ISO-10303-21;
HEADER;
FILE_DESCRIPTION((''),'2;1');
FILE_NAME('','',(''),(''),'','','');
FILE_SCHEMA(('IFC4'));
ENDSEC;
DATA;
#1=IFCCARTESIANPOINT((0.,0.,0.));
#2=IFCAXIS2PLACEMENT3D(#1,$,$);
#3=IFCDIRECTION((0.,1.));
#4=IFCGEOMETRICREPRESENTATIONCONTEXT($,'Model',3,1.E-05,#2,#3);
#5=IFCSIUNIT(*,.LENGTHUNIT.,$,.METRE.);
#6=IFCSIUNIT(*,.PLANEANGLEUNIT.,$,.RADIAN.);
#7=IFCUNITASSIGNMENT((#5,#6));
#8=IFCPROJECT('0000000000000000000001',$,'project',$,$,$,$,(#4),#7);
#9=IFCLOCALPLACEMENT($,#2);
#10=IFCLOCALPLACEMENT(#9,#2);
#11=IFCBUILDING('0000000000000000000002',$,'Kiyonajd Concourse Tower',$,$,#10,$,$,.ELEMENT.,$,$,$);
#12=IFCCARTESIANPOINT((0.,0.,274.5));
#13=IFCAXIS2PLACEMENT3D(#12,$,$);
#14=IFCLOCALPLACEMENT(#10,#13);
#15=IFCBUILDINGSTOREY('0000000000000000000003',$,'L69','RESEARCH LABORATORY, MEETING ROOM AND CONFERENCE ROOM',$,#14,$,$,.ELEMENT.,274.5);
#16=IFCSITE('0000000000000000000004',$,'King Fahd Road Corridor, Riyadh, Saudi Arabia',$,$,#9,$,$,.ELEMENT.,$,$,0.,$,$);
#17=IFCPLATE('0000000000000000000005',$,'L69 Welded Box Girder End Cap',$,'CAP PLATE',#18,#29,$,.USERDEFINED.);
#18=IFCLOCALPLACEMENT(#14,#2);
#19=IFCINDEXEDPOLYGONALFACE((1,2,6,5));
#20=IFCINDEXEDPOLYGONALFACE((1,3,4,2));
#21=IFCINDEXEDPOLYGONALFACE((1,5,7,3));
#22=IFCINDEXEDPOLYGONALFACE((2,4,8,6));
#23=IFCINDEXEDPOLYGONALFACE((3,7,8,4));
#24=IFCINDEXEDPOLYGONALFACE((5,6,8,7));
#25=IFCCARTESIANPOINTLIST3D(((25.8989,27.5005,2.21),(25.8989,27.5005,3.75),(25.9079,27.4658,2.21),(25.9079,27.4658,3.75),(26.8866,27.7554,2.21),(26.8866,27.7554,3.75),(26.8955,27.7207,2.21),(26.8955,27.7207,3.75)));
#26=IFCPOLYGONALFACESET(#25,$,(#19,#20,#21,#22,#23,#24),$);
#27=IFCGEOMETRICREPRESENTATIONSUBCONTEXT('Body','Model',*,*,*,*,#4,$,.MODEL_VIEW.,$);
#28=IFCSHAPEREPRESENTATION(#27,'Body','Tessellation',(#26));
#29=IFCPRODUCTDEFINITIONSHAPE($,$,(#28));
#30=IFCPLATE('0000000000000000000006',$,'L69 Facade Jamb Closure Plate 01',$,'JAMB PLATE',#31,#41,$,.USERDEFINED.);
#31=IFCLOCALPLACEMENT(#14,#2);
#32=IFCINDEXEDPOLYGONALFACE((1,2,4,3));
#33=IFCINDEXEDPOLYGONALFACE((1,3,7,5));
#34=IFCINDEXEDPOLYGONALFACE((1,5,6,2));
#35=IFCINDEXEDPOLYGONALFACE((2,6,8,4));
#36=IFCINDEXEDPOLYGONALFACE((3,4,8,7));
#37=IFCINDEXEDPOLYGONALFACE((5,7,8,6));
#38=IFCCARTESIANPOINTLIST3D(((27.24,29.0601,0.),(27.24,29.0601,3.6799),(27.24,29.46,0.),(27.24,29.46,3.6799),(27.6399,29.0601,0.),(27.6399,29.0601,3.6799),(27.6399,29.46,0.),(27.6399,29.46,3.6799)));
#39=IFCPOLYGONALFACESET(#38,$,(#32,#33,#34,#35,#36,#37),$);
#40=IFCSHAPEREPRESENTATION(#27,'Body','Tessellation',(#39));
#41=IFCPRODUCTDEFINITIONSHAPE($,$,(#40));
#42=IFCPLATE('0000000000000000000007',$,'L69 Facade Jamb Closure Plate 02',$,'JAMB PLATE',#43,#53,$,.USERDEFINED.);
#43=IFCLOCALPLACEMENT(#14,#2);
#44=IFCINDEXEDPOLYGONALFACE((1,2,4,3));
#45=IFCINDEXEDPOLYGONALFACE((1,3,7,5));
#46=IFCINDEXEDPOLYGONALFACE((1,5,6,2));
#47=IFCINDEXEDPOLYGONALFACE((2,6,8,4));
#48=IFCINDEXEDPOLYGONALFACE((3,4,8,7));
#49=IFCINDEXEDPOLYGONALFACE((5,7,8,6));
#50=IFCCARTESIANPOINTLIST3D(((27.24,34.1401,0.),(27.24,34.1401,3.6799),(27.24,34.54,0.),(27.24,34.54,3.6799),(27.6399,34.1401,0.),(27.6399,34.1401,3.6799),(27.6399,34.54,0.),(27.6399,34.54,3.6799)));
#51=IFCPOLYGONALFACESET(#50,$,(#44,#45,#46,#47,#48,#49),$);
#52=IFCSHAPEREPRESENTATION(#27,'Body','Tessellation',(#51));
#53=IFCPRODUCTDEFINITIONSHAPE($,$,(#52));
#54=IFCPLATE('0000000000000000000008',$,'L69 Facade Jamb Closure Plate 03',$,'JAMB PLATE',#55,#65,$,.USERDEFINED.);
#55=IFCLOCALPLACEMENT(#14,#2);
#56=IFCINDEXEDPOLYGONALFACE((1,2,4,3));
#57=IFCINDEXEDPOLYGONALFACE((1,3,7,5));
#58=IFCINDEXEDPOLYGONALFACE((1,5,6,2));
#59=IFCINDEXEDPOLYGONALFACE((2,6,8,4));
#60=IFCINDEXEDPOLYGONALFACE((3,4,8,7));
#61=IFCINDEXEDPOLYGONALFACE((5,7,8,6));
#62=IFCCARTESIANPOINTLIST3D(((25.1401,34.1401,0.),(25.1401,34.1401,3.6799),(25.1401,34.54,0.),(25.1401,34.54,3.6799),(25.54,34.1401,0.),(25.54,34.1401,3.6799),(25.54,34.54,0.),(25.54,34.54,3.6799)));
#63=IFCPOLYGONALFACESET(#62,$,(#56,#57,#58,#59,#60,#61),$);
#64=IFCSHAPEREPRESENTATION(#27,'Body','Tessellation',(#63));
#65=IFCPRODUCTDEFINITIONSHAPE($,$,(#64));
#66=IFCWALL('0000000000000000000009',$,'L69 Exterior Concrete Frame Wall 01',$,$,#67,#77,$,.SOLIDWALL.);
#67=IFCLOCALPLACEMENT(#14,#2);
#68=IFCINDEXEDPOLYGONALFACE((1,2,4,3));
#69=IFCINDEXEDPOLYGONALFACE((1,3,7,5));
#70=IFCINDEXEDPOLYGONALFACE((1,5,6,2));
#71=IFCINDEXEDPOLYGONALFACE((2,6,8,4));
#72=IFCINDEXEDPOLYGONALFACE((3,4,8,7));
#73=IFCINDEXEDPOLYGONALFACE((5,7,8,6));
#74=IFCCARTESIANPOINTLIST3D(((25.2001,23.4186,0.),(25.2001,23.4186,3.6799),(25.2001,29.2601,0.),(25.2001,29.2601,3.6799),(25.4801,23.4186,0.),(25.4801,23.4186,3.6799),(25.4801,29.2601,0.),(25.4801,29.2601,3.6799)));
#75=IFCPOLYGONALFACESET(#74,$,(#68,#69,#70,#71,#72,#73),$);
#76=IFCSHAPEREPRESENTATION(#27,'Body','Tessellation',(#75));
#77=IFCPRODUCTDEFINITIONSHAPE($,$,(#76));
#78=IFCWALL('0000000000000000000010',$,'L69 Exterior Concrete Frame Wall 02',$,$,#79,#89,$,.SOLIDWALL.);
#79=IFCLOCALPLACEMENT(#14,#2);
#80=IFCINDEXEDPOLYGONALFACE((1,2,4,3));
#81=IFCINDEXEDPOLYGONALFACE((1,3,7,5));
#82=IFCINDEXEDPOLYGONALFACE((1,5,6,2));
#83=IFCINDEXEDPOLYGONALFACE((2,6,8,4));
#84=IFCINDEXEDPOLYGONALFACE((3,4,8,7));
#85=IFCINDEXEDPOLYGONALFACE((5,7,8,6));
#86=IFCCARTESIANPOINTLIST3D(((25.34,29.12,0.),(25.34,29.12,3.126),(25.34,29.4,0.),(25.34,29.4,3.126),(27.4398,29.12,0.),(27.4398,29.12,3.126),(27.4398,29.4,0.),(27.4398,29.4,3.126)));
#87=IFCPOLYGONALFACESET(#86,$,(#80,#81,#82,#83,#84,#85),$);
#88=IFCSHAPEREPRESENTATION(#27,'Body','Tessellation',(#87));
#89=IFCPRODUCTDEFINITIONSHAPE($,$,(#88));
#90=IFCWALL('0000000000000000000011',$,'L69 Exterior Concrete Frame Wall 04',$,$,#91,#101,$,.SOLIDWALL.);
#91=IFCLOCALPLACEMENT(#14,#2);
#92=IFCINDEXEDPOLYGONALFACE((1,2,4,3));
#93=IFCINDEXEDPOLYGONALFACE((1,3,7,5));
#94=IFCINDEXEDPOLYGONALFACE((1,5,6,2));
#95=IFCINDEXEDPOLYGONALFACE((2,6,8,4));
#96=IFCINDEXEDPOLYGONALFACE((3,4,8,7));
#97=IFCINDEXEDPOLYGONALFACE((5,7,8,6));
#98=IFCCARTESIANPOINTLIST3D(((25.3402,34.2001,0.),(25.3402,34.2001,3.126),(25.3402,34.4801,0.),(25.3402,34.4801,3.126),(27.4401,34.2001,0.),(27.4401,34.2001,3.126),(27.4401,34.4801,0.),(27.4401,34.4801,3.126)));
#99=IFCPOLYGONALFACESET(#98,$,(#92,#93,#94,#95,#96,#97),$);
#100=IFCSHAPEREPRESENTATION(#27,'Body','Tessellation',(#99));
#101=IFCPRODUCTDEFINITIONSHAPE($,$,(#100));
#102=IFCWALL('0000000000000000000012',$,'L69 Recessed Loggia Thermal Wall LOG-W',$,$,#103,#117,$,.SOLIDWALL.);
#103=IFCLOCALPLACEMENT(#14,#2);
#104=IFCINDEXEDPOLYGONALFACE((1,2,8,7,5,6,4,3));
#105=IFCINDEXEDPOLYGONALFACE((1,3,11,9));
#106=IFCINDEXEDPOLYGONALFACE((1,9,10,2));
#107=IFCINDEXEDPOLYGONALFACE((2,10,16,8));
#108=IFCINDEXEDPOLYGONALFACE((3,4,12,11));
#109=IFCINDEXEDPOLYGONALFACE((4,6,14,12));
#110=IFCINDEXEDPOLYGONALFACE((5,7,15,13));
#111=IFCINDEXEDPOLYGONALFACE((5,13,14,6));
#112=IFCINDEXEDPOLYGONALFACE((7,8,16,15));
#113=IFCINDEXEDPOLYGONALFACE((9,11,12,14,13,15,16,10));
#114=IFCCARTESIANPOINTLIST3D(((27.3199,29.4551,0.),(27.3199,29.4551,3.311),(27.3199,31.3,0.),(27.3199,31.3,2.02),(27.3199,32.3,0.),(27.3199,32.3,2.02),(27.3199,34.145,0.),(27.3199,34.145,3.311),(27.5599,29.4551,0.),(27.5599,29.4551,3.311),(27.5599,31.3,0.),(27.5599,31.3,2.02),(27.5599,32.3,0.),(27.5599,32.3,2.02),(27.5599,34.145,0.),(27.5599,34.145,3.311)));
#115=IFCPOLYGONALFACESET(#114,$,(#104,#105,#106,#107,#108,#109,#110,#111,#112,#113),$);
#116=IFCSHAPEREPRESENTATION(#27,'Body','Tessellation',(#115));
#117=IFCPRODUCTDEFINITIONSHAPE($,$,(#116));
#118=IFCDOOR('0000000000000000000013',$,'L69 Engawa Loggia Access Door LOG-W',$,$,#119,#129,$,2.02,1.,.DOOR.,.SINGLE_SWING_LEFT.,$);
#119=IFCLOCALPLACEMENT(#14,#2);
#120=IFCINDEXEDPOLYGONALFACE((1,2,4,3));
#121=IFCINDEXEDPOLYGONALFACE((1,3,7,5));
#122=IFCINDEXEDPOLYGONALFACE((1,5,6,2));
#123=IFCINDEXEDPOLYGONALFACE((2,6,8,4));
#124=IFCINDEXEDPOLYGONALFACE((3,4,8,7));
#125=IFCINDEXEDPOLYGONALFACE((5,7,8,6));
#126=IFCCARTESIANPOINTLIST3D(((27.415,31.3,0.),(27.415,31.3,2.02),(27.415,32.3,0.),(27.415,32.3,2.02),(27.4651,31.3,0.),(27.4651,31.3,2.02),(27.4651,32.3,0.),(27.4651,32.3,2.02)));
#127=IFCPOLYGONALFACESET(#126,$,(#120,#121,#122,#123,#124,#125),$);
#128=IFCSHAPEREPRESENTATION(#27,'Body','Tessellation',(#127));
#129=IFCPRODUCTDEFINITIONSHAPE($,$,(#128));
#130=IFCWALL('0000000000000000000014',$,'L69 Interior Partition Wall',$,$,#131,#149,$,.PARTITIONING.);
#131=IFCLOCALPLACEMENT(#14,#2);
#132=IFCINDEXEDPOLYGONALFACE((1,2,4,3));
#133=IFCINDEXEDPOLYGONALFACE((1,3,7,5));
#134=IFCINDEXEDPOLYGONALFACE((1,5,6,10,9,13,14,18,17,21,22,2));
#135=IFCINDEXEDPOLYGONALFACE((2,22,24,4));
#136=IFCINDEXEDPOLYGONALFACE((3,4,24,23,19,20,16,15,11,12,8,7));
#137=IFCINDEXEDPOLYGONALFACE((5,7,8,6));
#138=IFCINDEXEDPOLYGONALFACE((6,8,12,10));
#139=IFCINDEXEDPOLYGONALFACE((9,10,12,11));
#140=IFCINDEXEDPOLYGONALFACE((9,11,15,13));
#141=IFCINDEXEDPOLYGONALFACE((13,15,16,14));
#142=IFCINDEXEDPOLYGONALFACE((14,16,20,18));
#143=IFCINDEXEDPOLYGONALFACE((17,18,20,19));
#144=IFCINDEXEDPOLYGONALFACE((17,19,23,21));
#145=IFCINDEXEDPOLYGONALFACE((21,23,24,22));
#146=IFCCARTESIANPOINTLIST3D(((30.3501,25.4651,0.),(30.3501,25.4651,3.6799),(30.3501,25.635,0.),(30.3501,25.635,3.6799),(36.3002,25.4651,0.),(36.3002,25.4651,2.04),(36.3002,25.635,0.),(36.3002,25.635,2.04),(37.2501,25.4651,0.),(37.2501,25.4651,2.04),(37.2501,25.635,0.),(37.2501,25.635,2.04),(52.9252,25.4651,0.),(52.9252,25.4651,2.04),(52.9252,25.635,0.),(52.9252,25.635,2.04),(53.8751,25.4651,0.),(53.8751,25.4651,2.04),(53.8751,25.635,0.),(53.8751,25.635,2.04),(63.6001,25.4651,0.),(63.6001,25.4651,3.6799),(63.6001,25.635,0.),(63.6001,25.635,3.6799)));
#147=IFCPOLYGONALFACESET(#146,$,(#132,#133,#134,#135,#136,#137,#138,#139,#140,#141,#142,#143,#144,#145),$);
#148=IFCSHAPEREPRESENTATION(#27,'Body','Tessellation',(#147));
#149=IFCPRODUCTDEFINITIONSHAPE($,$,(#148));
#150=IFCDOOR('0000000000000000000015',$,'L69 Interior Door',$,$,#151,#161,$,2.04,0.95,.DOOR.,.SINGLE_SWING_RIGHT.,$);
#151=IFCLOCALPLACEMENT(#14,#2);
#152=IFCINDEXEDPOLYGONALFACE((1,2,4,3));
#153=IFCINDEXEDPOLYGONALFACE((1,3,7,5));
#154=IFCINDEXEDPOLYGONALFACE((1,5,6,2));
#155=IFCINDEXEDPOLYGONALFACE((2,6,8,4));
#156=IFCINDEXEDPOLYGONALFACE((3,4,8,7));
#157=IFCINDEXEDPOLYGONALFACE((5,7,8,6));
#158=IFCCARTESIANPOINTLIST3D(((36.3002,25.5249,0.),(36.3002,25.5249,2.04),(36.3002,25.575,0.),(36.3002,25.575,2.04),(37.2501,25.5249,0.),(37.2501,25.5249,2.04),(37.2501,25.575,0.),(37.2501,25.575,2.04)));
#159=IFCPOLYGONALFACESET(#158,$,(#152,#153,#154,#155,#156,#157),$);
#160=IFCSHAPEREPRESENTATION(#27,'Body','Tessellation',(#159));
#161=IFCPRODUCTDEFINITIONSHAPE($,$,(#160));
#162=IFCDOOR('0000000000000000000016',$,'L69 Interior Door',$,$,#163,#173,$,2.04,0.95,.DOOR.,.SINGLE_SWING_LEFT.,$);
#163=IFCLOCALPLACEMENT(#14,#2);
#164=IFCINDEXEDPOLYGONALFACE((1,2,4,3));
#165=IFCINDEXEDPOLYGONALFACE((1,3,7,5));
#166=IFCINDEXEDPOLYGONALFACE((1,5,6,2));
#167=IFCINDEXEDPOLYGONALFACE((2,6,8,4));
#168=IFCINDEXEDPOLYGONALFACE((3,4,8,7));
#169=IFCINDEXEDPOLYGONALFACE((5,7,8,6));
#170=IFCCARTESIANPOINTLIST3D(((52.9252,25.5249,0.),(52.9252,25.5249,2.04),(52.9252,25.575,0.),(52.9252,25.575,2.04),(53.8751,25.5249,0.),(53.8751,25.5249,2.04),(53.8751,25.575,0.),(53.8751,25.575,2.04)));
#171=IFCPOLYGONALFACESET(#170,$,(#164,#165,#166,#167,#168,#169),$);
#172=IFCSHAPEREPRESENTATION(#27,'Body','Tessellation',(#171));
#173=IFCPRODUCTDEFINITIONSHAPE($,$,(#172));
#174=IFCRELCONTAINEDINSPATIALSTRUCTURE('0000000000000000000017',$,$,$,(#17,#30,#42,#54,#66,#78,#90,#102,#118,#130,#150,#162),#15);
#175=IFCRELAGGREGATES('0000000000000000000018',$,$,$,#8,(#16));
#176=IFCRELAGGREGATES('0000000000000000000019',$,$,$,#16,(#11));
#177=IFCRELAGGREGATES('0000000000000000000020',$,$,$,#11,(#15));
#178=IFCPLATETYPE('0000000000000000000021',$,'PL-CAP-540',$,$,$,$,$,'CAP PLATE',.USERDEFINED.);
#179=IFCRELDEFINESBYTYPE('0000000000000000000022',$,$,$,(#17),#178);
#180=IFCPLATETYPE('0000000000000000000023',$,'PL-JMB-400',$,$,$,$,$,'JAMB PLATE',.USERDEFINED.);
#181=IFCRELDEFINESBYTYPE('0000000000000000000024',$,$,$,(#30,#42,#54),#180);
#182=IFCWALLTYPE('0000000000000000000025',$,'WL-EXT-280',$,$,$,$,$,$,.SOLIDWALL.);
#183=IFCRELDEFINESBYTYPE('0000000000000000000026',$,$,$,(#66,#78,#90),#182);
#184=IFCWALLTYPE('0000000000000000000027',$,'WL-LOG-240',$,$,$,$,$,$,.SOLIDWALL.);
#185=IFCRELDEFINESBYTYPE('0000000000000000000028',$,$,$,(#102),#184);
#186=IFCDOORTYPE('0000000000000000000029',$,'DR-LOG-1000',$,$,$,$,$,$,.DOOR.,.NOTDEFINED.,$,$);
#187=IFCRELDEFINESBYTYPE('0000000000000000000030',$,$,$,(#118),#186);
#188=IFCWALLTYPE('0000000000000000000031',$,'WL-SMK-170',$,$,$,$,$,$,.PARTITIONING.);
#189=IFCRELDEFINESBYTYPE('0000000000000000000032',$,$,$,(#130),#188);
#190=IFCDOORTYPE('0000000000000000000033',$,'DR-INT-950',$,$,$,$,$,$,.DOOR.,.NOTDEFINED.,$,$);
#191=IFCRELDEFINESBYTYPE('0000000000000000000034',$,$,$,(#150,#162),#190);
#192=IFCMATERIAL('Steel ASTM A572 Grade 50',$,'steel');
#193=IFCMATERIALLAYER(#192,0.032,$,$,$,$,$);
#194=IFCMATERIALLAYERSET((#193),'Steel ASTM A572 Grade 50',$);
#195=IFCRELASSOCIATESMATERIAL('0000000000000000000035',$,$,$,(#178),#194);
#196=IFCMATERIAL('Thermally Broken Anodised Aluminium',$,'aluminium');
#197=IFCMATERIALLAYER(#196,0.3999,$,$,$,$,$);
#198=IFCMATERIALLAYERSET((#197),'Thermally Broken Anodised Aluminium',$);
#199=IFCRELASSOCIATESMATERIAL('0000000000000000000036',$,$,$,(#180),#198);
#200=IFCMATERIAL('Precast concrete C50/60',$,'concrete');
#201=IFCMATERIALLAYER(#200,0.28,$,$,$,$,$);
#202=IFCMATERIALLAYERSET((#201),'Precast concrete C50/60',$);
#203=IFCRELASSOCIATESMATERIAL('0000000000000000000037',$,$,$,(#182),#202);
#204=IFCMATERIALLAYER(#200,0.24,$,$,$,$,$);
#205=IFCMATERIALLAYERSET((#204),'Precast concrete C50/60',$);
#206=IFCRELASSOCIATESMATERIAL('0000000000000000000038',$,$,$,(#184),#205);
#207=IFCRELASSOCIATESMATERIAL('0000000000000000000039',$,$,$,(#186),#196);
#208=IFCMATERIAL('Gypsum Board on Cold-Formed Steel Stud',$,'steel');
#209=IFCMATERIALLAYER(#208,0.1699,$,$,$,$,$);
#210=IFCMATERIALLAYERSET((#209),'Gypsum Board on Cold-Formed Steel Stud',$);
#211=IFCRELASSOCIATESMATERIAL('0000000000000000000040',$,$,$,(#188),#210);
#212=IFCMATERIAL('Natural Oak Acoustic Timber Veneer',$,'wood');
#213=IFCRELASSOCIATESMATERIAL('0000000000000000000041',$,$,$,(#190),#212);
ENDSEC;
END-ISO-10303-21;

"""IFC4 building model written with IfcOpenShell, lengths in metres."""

from ifc_helpers import new_model, si_unit, direction, frame, frame_2d, origin, origin_2d, place, context, subcontext, project, spatial, rectangle, extrude, material, layer, layer_set, type_object, element, fill, save


model = new_model("IFC4")

# Units and contexts
model_context = context("Model", 3, precision=1e-05, world=origin(), true_north=direction((0.0, 1.0)))
body_context = subcontext(model_context, "Body", "Model", "MODEL_VIEW")
ifc_project = project(units=[si_unit("LENGTHUNIT", "METRE"), si_unit("PLANEANGLEUNIT", "RADIAN")], contexts=[model_context])

# Site, building, storey
site_placement = place(None, origin())
site = spatial("IfcSite", under=ifc_project, at=site_placement, Name="King Fahd Road Corridor, Riyadh, Saudi Arabia", CompositionType="ELEMENT", RefElevation=0.0)
building_placement = place(site_placement, origin())
building = spatial("IfcBuilding", under=site, at=building_placement, Name="Kiyonajd Concourse Tower", CompositionType="ELEMENT")
storey_placement = place(building_placement, frame((0.0, 0.0, 274.5)))
storey = spatial("IfcBuildingStorey", under=building, at=storey_placement, Name="L69", Description="RESEARCH LABORATORY, MEETING ROOM AND CONFERENCE ROOM", CompositionType="ELEMENT", Elevation=274.5)

# Shared definitions
ifc_material_1 = material(Name="Steel ASTM A572 Grade 50", Category="steel")

# Plates
ifc_layer_1 = layer(ifc_material_1, 0.032)
ifc_layer_set_1 = layer_set([ifc_layer_1], Name="Steel ASTM A572 Grade 50")
plate_type_1 = type_object("IfcPlateType", Name="PL-CAP-540", ElementType="CAP PLATE", PredefinedType="USERDEFINED", material=ifc_layer_set_1)
plate_placement = place(storey_placement, frame((26.3972, 27.6106, 2.21), z_axis=(0.0, 0.0, 1.0), x_axis=(-0.249873, 0.968279, 0.0)))
element("IfcPlate", 1, at=plate_placement, inside=storey, type_object=plate_type_1, Name="L69 Welded Box Girder End Cap", ObjectType="CAP PLATE", PredefinedType="USERDEFINED", context=body_context, shape_type="SweptSolid", body=[
    extrude(rectangle(XDim=0.0359, YDim=1.02, at=origin_2d()), origin(), (0.0, 0.0, 1.0), 1.54),
])
ifc_material_2 = material(Name="Thermally Broken Anodised Aluminium", Category="aluminium")
ifc_layer_2 = layer(ifc_material_2, 0.3999)
ifc_layer_set_2 = layer_set([ifc_layer_2], Name="Thermally Broken Anodised Aluminium")
plate_type_2 = type_object("IfcPlateType", Name="PL-JMB-400", ElementType="JAMB PLATE", PredefinedType="USERDEFINED", material=ifc_layer_set_2)
for number, where, z_axis, x_axis, name in (
    (2, (27.4399, 29.26, 0.0), (0.0, 0.0, 1.0), (1.0, 0.0, 0.0), "L69 Facade Jamb Closure Plate 01"),
    (3, (27.4399, 34.3401, 0.0), (0.0, 0.0, 1.0), (1.0, 0.0, 0.0), "L69 Facade Jamb Closure Plate 02"),
    (4, (25.3401, 34.3401, 0.0), (0.0, 0.0, 1.0), (1.0, 0.0, 0.0), "L69 Facade Jamb Closure Plate 03"),
):
    element("IfcPlate", number, at=place(storey_placement, frame(where, z_axis=z_axis, x_axis=x_axis)), inside=storey, type_object=plate_type_2, Name=name, ObjectType="JAMB PLATE", PredefinedType="USERDEFINED", context=body_context, shape_type="SweptSolid", body=[
        extrude(rectangle(XDim=0.3999, YDim=0.3999, at=origin_2d()), origin(), (0.0, 0.0, 1.0), 3.6799),
    ])

# Walls
ifc_material_3 = material(Name="Precast concrete C50/60", Category="concrete")
ifc_layer_3 = layer(ifc_material_3, 0.28)
ifc_layer_set_3 = layer_set([ifc_layer_3], Name="Precast concrete C50/60")
wall_type_1 = type_object("IfcWallType", Name="WL-EXT-280", PredefinedType="SOLIDWALL", material=ifc_layer_set_3)
wall_1_placement = place(storey_placement, frame((25.3401, 23.4185, 0.0), z_axis=(0.0, 0.0, 1.0), x_axis=(0.0, 1.0, 0.0)))
element("IfcWall", 5, at=wall_1_placement, inside=storey, type_object=wall_type_1, Name="L69 Exterior Concrete Frame Wall 01", PredefinedType="SOLIDWALL", context=body_context, shape_type="SweptSolid", body=[
    extrude(rectangle(XDim=5.8416, YDim=0.28, at=frame_2d((2.9209, 0.0))), origin(), (0.0, 0.0, 1.0), 3.6799),
])
for number, where, z_axis, x_axis, name in (
    (6, (25.3401, 29.26, 0.0), (0.0, 0.0, 1.0), (1.0, 0.0, 0.0), "L69 Exterior Concrete Frame Wall 02"),
    (7, (27.4399, 34.3401, 0.0), (0.0, 0.0, 1.0), (-1.0, 0.0, 0.0), "L69 Exterior Concrete Frame Wall 04"),
):
    element("IfcWall", number, at=place(storey_placement, frame(where, z_axis=z_axis, x_axis=x_axis)), inside=storey, type_object=wall_type_1, Name=name, PredefinedType="SOLIDWALL", context=body_context, shape_type="SweptSolid", body=[
        extrude(rectangle(XDim=2.0999, YDim=0.28, at=frame_2d((1.0498, 0.0))), origin(), (0.0, 0.0, 1.0), 3.126),
    ])

# Wall, opening, door
ifc_layer_4 = layer(ifc_material_3, 0.24)
ifc_layer_set_4 = layer_set([ifc_layer_4], Name="Precast concrete C50/60")
wall_type_2 = type_object("IfcWallType", Name="WL-LOG-240", PredefinedType="SOLIDWALL", material=ifc_layer_set_4)
wall_2_placement = place(storey_placement, frame((27.4399, 29.4551, 0.0), z_axis=(0.0, 0.0, 1.0), x_axis=(0.0, 1.0, 0.0)))
wall_2 = element("IfcWall", 8, at=wall_2_placement, inside=storey, type_object=wall_type_2, Name="L69 Recessed Loggia Thermal Wall LOG-W", PredefinedType="SOLIDWALL", context=body_context, shape_type="SweptSolid", body=[
    extrude(rectangle(XDim=4.6899, YDim=0.24, at=frame_2d((2.345, 0.0))), origin(), (0.0, 0.0, 1.0), 3.311),
])
opening_1_placement = place(wall_2_placement, frame((1.845, 0.0, 0.0)))
opening_1 = element("IfcOpeningElement", 9, at=opening_1_placement, cuts=wall_2, PredefinedType="OPENING", context=body_context, shape_type="SweptSolid", body=[
    extrude(rectangle(XDim=1.0, YDim=2.02, at=frame_2d((0.5, 1.01))), frame((0.0, 0.1299, 0.0), z_axis=(0.0, -1.0, 0.0), x_axis=(1.0, 0.0, 0.0)), (0.0, 0.0, 1.0), 0.26),
])
door_type_1 = type_object("IfcDoorType", Name="DR-LOG-1000", OperationType="NOTDEFINED", PredefinedType="DOOR", material=ifc_material_2)
door_1_placement = place(opening_1_placement, origin())
door_1 = element("IfcDoor", 10, at=door_1_placement, inside=storey, type_object=door_type_1, Name="L69 Engawa Loggia Access Door LOG-W", OperationType="SINGLE_SWING_LEFT", OverallHeight=2.02, OverallWidth=1.0, PredefinedType="DOOR", context=body_context, shape_type="SweptSolid", body=[
    extrude(rectangle(XDim=1.0, YDim=2.02, at=frame_2d((0.5, 1.01))), frame((0.0, 0.0249, 0.0), z_axis=(0.0, -1.0, 0.0), x_axis=(1.0, 0.0, 0.0)), (0.0, 0.0, 1.0), 0.05),
])
fill(opening_1, door_1)

# Wall, openings, doors
ifc_material_4 = material(Name="Gypsum Board on Cold-Formed Steel Stud", Category="steel")
ifc_layer_5 = layer(ifc_material_4, 0.1699)
ifc_layer_set_5 = layer_set([ifc_layer_5], Name="Gypsum Board on Cold-Formed Steel Stud")
wall_type_3 = type_object("IfcWallType", Name="WL-SMK-170", PredefinedType="PARTITIONING", material=ifc_layer_set_5)
wall_3_placement = place(storey_placement, frame((30.3501, 25.55, 0.0), z_axis=(0.0, 0.0, 1.0), x_axis=(1.0, 0.0, 0.0)))
wall_3 = element("IfcWall", 11, at=wall_3_placement, inside=storey, type_object=wall_type_3, Name="L69 Interior Partition Wall", PredefinedType="PARTITIONING", context=body_context, shape_type="SweptSolid", body=[
    extrude(rectangle(XDim=33.25, YDim=0.1699, at=frame_2d((16.625, 0.0))), origin(), (0.0, 0.0, 1.0), 3.6799),
])
opening_2_placement = place(wall_3_placement, frame((5.95, 0.0, 0.0)))
opening_2 = element("IfcOpeningElement", 12, at=opening_2_placement, cuts=wall_3, PredefinedType="OPENING", context=body_context, shape_type="SweptSolid", body=[
    extrude(rectangle(XDim=0.95, YDim=2.04, at=frame_2d((0.4751, 1.02))), frame((0.0, 0.095, 0.0), z_axis=(0.0, -1.0, 0.0), x_axis=(1.0, 0.0, 0.0)), (0.0, 0.0, 1.0), 0.1899),
])
opening_3_placement = place(wall_3_placement, frame((22.575, 0.0, 0.0)))
opening_3 = element("IfcOpeningElement", 13, at=opening_3_placement, cuts=wall_3, PredefinedType="OPENING", context=body_context, shape_type="SweptSolid", body=[
    extrude(rectangle(XDim=0.95, YDim=2.04, at=frame_2d((0.4751, 1.02))), frame((0.0, 0.095, 0.0), z_axis=(0.0, -1.0, 0.0), x_axis=(1.0, 0.0, 0.0)), (0.0, 0.0, 1.0), 0.1899),
])
ifc_material_5 = material(Name="Natural Oak Acoustic Timber Veneer", Category="wood")
door_type_2 = type_object("IfcDoorType", Name="DR-INT-950", OperationType="NOTDEFINED", PredefinedType="DOOR", material=ifc_material_5)
door_2_placement = place(opening_2_placement, origin())
door_2 = element("IfcDoor", 14, at=door_2_placement, inside=storey, type_object=door_type_2, Name="L69 Interior Door", OperationType="SINGLE_SWING_RIGHT", OverallHeight=2.04, OverallWidth=0.95, PredefinedType="DOOR", context=body_context, shape_type="SweptSolid", body=[
    extrude(rectangle(XDim=0.95, YDim=2.04, at=frame_2d((0.4751, 1.02))), frame((0.0, 0.0249, 0.0), z_axis=(0.0, -1.0, 0.0), x_axis=(1.0, 0.0, 0.0)), (0.0, 0.0, 1.0), 0.05),
])
fill(opening_2, door_2)
door_3_placement = place(opening_3_placement, origin())
door_3 = element("IfcDoor", 15, at=door_3_placement, inside=storey, type_object=door_type_2, Name="L69 Interior Door", OperationType="SINGLE_SWING_LEFT", OverallHeight=2.04, OverallWidth=0.95, PredefinedType="DOOR", context=body_context, shape_type="SweptSolid", body=[
    extrude(rectangle(XDim=0.95, YDim=2.04, at=frame_2d((0.4751, 1.02))), frame((0.0, 0.0249, 0.0), z_axis=(0.0, -1.0, 0.0), x_axis=(1.0, 0.0, 0.0)), (0.0, 0.0, 1.0), 0.05),
])
fill(opening_3, door_3)

save(model, "model.ifc")
